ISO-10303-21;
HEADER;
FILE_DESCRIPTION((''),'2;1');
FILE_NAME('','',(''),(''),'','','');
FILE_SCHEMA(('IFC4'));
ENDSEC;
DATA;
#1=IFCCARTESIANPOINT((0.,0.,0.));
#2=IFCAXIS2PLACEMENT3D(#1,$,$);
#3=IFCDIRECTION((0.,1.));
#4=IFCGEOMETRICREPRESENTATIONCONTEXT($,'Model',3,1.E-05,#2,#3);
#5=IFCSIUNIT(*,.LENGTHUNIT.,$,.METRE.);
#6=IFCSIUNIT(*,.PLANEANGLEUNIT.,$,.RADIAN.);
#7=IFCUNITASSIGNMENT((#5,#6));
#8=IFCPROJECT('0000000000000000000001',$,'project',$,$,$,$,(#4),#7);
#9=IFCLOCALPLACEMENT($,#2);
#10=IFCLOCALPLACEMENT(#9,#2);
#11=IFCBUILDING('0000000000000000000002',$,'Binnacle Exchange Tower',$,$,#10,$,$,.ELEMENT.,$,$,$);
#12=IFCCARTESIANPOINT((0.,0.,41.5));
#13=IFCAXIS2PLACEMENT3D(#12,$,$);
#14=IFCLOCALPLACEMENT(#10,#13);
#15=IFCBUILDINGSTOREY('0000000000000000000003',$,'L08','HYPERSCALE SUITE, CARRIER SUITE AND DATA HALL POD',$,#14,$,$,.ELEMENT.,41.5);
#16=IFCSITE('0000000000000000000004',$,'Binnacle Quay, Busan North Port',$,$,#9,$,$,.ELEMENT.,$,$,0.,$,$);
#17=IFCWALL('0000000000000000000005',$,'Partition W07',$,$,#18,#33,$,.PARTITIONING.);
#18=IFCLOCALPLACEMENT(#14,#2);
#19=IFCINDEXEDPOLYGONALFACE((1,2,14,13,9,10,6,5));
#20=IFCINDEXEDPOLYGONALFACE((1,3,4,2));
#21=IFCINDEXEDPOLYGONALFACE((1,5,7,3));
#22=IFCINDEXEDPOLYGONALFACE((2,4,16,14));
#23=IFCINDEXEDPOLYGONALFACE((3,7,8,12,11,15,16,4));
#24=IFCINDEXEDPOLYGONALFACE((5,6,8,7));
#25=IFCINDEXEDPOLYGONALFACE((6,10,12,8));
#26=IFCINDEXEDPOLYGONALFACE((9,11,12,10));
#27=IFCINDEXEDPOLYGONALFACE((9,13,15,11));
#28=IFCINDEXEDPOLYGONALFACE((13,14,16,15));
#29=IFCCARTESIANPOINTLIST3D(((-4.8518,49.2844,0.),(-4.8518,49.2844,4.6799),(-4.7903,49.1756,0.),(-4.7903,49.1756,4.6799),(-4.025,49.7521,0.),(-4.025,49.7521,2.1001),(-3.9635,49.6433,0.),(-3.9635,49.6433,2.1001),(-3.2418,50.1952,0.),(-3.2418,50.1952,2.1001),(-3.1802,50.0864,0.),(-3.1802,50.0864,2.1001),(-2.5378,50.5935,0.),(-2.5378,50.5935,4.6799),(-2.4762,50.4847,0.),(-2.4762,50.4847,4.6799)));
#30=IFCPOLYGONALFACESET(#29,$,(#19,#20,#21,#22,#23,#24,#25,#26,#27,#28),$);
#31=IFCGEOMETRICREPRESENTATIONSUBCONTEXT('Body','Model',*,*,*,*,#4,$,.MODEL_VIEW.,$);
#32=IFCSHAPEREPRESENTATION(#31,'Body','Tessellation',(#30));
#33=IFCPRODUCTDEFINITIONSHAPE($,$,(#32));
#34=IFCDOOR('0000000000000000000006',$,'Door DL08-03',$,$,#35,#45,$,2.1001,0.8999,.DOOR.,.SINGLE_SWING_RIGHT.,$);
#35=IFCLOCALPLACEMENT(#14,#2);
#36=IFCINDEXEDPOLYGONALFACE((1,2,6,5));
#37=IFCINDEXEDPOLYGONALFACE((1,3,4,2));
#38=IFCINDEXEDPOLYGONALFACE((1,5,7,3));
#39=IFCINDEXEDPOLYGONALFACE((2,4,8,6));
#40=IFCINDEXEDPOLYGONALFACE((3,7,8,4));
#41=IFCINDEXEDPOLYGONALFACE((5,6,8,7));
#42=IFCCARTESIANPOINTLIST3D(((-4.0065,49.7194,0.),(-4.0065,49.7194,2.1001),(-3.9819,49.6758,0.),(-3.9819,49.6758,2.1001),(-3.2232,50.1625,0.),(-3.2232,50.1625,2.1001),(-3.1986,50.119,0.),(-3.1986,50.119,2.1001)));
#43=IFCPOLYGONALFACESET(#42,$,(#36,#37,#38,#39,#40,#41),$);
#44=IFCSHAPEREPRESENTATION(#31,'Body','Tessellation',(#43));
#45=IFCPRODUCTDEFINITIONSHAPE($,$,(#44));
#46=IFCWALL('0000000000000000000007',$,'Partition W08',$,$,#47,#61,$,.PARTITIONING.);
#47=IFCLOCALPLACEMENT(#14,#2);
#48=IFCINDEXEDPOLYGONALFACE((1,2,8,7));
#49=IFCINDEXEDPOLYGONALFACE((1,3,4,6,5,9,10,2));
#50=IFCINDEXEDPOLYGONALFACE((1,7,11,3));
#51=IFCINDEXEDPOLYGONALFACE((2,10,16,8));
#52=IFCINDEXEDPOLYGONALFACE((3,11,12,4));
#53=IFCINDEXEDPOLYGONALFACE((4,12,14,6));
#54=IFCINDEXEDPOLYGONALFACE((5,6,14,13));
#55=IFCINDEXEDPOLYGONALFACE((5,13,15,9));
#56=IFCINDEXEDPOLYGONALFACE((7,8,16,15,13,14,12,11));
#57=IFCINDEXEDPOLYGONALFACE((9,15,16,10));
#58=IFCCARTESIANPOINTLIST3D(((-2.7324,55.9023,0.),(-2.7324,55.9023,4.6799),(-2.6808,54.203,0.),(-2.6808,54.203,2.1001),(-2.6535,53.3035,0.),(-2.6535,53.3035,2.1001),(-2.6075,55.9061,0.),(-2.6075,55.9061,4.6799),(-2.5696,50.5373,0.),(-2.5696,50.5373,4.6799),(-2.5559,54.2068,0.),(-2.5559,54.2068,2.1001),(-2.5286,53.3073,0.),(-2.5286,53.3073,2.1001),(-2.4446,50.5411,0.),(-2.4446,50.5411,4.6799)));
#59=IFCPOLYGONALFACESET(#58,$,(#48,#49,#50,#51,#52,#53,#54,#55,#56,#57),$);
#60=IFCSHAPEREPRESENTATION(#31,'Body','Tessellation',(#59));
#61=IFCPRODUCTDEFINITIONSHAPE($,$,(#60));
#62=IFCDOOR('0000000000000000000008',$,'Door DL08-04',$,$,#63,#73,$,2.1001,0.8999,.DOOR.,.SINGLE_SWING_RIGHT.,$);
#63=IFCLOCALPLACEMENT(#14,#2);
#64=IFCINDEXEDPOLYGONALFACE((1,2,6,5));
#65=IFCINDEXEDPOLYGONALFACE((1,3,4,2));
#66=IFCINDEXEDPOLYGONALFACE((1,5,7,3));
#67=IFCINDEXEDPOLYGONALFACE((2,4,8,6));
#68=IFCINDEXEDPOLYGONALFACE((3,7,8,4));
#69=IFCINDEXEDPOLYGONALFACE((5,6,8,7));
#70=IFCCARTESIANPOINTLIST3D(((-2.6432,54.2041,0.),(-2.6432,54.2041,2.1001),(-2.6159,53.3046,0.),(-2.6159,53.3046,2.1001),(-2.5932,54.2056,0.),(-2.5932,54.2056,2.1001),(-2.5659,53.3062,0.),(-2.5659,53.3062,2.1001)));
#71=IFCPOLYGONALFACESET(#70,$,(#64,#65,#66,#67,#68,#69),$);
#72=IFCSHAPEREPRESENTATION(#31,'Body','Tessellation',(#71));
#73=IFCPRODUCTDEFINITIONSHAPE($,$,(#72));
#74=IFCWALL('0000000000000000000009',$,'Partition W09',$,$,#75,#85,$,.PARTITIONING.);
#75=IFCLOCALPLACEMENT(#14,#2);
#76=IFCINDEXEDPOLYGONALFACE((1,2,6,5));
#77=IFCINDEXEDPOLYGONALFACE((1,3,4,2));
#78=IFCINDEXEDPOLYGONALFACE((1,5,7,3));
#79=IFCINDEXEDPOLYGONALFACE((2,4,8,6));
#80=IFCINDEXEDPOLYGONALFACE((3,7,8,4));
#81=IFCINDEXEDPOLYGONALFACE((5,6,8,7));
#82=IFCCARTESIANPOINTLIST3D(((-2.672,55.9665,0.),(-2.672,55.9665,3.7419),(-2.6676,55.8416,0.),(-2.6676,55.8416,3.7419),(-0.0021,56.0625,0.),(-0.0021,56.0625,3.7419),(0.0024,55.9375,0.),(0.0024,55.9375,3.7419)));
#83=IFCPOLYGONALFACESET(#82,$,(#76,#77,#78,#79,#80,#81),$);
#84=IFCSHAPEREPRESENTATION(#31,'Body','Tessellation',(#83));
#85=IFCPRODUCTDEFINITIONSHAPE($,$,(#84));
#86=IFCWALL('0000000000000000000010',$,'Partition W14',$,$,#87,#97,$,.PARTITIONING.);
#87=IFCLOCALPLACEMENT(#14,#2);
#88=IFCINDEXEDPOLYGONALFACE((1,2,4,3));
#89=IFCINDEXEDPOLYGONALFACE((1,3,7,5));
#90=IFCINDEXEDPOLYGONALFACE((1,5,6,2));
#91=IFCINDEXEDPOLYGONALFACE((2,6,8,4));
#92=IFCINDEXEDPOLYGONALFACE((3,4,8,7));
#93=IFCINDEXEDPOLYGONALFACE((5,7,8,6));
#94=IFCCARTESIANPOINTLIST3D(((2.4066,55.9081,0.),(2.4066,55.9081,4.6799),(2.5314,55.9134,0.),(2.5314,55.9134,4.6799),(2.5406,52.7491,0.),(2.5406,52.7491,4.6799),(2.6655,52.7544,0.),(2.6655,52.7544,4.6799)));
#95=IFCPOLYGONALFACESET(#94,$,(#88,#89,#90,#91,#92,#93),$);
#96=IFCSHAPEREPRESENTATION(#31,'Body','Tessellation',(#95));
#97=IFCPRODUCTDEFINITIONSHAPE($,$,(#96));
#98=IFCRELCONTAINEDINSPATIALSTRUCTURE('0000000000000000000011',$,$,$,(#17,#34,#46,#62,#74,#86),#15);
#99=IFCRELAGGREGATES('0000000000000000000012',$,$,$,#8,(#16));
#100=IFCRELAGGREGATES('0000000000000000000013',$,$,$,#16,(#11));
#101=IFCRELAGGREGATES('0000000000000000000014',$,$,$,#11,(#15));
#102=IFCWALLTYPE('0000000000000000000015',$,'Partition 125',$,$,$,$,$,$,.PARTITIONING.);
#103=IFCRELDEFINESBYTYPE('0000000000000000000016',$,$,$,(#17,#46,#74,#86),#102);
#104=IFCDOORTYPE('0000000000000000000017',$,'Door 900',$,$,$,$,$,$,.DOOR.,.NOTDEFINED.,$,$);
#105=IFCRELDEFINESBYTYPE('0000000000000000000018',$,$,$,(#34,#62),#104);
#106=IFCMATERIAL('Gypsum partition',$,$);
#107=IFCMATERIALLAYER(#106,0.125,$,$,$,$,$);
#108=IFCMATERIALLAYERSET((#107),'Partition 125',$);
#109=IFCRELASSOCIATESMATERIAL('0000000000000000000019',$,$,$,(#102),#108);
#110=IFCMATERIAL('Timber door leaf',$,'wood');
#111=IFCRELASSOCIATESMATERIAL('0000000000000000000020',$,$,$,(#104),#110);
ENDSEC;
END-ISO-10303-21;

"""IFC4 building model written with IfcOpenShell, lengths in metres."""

from ifc_helpers import new_model, si_unit, direction, frame, frame_2d, origin, place, context, subcontext, project, spatial, rectangle, extrude, material, layer, layer_set, type_object, element, fill, save


model = new_model("IFC4")

# Units and contexts
model_context = context("Model", 3, precision=1e-05, world=origin(), true_north=direction((0.0, 1.0)))
body_context = subcontext(model_context, "Body", "Model", "MODEL_VIEW")
ifc_project = project(units=[si_unit("LENGTHUNIT", "METRE"), si_unit("PLANEANGLEUNIT", "RADIAN")], contexts=[model_context])

# Site, building, storey
site_placement = place(None, origin())
site = spatial("IfcSite", under=ifc_project, at=site_placement, Name="Binnacle Quay, Busan North Port", CompositionType="ELEMENT", RefElevation=0.0)
building_placement = place(site_placement, origin())
building = spatial("IfcBuilding", under=site, at=building_placement, Name="Binnacle Exchange Tower", CompositionType="ELEMENT")
storey_placement = place(building_placement, frame((0.0, 0.0, 41.5)))
storey = spatial("IfcBuildingStorey", under=building, at=storey_placement, Name="L08", Description="HYPERSCALE SUITE, CARRIER SUITE AND DATA HALL POD", CompositionType="ELEMENT", Elevation=41.5)

# Walls, openings, doors
ifc_material_1 = material(Name="Gypsum partition")
ifc_layer_1 = layer(ifc_material_1, 0.125)
ifc_layer_set_1 = layer_set([ifc_layer_1], Name="Partition 125")
wall_type_1 = type_object("IfcWallType", Name="Partition 125", PredefinedType="PARTITIONING", material=ifc_layer_set_1)
wall_1_placement = place(storey_placement, frame((-4.821, 49.23, 0.0), z_axis=(0.0, 0.0, 1.0), x_axis=(0.870371, 0.492396, 0.0)))
wall_1 = element("IfcWall", 1, at=wall_1_placement, inside=storey, type_object=wall_type_1, Name="Partition W07", PredefinedType="PARTITIONING", context=body_context, shape_type="SweptSolid", body=[
    extrude(rectangle(XDim=2.6587, YDim=0.125, at=frame_2d((1.3293, 0.0))), origin(), (0.0, 0.0, 1.0), 4.6799),
])
opening_1_placement = place(wall_1_placement, frame((0.95, 0.0, 0.0)))
opening_1 = element("IfcOpeningElement", 2, at=opening_1_placement, cuts=wall_1, PredefinedType="OPENING", context=body_context, shape_type="SweptSolid", body=[
    extrude(rectangle(XDim=0.8999, YDim=2.1001, at=frame_2d((0.45, 1.05))), frame((0.0, 0.0725, 0.0), z_axis=(0.0, -1.0, 0.0), x_axis=(1.0, 0.0, 0.0)), (0.0, 0.0, 1.0), 0.145),
])
ifc_material_2 = material(Name="Timber door leaf", Category="wood")
door_type_1 = type_object("IfcDoorType", Name="Door 900", OperationType="NOTDEFINED", PredefinedType="DOOR", material=ifc_material_2)
door_1_placement = place(opening_1_placement, origin())
door_1 = element("IfcDoor", 3, at=door_1_placement, inside=storey, type_object=door_type_1, Name="Door DL08-03", OperationType="SINGLE_SWING_RIGHT", OverallHeight=2.1001, OverallWidth=0.8999, PredefinedType="DOOR", context=body_context, shape_type="SweptSolid", body=[
    extrude(rectangle(XDim=0.8999, YDim=2.1001, at=frame_2d((0.45, 1.05))), frame((0.0, 0.0249, 0.0), z_axis=(0.0, -1.0, 0.0), x_axis=(1.0, 0.0, 0.0)), (0.0, 0.0, 1.0), 0.05),
])
fill(opening_1, door_1)
wall_2_placement = place(storey_placement, frame((-2.6699, 55.9041, 0.0), z_axis=(0.0, 0.0, 1.0), x_axis=(0.030339, -0.99954, 0.0)))
wall_2 = element("IfcWall", 4, at=wall_2_placement, inside=storey, type_object=wall_type_1, Name="Partition W08", PredefinedType="PARTITIONING", context=body_context, shape_type="SweptSolid", body=[
    extrude(rectangle(XDim=5.3674, YDim=0.125, at=frame_2d((2.6836, 0.0))), origin(), (0.0, 0.0, 1.0), 4.6799),
])
opening_2_placement = place(wall_2_placement, frame((1.7, 0.0, 0.0)))
opening_2 = element("IfcOpeningElement", 5, at=opening_2_placement, cuts=wall_2, PredefinedType="OPENING", context=body_context, shape_type="SweptSolid", body=[
    extrude(rectangle(XDim=0.8999, YDim=2.1001, at=frame_2d((0.45, 1.05))), frame((0.0, 0.0725, 0.0), z_axis=(0.0, -1.0, 0.0), x_axis=(1.0, 0.0, 0.0)), (0.0, 0.0, 1.0), 0.145),
])
door_2_placement = place(opening_2_placement, frame((0.8999, 0.0, 0.0), z_axis=(0.0, 0.0, 1.0), x_axis=(-1.0, 0.0, 0.0)))
door_2 = element("IfcDoor", 6, at=door_2_placement, inside=storey, type_object=door_type_1, Name="Door DL08-04", OperationType="SINGLE_SWING_RIGHT", OverallHeight=2.1001, OverallWidth=0.8999, PredefinedType="DOOR", context=body_context, shape_type="SweptSolid", body=[
    extrude(rectangle(XDim=0.8999, YDim=2.1001, at=frame_2d((0.45, 1.05))), frame((0.0, 0.0249, 0.0), z_axis=(0.0, -1.0, 0.0), x_axis=(1.0, 0.0, 0.0)), (0.0, 0.0, 1.0), 0.05),
])
fill(opening_2, door_2)

# Walls
wall_3_placement = place(storey_placement, frame((-2.6699, 55.9041, 0.0), z_axis=(0.0, 0.0, 1.0), x_axis=(0.999355, 0.035913, 0.0)))
element("IfcWall", 7, at=wall_3_placement, inside=storey, type_object=wall_type_1, Name="Partition W09", PredefinedType="PARTITIONING", context=body_context, shape_type="SweptSolid", body=[
    extrude(rectangle(XDim=2.6716, YDim=0.125, at=frame_2d((1.3359, 0.0))), origin(), (0.0, 0.0, 1.0), 3.7419),
])
wall_4_placement = place(storey_placement, frame((2.469, 55.9109, 0.0), z_axis=(0.0, 0.0, 1.0), x_axis=(0.042392, -0.999101, 0.0)))
element("IfcWall", 8, at=wall_4_placement, inside=storey, type_object=wall_type_1, Name="Partition W14", PredefinedType="PARTITIONING", context=body_context, shape_type="SweptSolid", body=[
    extrude(rectangle(XDim=3.1619, YDim=0.125, at=frame_2d((1.5811, 0.0))), origin(), (0.0, 0.0, 1.0), 4.6799),
])

save(model, "model.ifc")
